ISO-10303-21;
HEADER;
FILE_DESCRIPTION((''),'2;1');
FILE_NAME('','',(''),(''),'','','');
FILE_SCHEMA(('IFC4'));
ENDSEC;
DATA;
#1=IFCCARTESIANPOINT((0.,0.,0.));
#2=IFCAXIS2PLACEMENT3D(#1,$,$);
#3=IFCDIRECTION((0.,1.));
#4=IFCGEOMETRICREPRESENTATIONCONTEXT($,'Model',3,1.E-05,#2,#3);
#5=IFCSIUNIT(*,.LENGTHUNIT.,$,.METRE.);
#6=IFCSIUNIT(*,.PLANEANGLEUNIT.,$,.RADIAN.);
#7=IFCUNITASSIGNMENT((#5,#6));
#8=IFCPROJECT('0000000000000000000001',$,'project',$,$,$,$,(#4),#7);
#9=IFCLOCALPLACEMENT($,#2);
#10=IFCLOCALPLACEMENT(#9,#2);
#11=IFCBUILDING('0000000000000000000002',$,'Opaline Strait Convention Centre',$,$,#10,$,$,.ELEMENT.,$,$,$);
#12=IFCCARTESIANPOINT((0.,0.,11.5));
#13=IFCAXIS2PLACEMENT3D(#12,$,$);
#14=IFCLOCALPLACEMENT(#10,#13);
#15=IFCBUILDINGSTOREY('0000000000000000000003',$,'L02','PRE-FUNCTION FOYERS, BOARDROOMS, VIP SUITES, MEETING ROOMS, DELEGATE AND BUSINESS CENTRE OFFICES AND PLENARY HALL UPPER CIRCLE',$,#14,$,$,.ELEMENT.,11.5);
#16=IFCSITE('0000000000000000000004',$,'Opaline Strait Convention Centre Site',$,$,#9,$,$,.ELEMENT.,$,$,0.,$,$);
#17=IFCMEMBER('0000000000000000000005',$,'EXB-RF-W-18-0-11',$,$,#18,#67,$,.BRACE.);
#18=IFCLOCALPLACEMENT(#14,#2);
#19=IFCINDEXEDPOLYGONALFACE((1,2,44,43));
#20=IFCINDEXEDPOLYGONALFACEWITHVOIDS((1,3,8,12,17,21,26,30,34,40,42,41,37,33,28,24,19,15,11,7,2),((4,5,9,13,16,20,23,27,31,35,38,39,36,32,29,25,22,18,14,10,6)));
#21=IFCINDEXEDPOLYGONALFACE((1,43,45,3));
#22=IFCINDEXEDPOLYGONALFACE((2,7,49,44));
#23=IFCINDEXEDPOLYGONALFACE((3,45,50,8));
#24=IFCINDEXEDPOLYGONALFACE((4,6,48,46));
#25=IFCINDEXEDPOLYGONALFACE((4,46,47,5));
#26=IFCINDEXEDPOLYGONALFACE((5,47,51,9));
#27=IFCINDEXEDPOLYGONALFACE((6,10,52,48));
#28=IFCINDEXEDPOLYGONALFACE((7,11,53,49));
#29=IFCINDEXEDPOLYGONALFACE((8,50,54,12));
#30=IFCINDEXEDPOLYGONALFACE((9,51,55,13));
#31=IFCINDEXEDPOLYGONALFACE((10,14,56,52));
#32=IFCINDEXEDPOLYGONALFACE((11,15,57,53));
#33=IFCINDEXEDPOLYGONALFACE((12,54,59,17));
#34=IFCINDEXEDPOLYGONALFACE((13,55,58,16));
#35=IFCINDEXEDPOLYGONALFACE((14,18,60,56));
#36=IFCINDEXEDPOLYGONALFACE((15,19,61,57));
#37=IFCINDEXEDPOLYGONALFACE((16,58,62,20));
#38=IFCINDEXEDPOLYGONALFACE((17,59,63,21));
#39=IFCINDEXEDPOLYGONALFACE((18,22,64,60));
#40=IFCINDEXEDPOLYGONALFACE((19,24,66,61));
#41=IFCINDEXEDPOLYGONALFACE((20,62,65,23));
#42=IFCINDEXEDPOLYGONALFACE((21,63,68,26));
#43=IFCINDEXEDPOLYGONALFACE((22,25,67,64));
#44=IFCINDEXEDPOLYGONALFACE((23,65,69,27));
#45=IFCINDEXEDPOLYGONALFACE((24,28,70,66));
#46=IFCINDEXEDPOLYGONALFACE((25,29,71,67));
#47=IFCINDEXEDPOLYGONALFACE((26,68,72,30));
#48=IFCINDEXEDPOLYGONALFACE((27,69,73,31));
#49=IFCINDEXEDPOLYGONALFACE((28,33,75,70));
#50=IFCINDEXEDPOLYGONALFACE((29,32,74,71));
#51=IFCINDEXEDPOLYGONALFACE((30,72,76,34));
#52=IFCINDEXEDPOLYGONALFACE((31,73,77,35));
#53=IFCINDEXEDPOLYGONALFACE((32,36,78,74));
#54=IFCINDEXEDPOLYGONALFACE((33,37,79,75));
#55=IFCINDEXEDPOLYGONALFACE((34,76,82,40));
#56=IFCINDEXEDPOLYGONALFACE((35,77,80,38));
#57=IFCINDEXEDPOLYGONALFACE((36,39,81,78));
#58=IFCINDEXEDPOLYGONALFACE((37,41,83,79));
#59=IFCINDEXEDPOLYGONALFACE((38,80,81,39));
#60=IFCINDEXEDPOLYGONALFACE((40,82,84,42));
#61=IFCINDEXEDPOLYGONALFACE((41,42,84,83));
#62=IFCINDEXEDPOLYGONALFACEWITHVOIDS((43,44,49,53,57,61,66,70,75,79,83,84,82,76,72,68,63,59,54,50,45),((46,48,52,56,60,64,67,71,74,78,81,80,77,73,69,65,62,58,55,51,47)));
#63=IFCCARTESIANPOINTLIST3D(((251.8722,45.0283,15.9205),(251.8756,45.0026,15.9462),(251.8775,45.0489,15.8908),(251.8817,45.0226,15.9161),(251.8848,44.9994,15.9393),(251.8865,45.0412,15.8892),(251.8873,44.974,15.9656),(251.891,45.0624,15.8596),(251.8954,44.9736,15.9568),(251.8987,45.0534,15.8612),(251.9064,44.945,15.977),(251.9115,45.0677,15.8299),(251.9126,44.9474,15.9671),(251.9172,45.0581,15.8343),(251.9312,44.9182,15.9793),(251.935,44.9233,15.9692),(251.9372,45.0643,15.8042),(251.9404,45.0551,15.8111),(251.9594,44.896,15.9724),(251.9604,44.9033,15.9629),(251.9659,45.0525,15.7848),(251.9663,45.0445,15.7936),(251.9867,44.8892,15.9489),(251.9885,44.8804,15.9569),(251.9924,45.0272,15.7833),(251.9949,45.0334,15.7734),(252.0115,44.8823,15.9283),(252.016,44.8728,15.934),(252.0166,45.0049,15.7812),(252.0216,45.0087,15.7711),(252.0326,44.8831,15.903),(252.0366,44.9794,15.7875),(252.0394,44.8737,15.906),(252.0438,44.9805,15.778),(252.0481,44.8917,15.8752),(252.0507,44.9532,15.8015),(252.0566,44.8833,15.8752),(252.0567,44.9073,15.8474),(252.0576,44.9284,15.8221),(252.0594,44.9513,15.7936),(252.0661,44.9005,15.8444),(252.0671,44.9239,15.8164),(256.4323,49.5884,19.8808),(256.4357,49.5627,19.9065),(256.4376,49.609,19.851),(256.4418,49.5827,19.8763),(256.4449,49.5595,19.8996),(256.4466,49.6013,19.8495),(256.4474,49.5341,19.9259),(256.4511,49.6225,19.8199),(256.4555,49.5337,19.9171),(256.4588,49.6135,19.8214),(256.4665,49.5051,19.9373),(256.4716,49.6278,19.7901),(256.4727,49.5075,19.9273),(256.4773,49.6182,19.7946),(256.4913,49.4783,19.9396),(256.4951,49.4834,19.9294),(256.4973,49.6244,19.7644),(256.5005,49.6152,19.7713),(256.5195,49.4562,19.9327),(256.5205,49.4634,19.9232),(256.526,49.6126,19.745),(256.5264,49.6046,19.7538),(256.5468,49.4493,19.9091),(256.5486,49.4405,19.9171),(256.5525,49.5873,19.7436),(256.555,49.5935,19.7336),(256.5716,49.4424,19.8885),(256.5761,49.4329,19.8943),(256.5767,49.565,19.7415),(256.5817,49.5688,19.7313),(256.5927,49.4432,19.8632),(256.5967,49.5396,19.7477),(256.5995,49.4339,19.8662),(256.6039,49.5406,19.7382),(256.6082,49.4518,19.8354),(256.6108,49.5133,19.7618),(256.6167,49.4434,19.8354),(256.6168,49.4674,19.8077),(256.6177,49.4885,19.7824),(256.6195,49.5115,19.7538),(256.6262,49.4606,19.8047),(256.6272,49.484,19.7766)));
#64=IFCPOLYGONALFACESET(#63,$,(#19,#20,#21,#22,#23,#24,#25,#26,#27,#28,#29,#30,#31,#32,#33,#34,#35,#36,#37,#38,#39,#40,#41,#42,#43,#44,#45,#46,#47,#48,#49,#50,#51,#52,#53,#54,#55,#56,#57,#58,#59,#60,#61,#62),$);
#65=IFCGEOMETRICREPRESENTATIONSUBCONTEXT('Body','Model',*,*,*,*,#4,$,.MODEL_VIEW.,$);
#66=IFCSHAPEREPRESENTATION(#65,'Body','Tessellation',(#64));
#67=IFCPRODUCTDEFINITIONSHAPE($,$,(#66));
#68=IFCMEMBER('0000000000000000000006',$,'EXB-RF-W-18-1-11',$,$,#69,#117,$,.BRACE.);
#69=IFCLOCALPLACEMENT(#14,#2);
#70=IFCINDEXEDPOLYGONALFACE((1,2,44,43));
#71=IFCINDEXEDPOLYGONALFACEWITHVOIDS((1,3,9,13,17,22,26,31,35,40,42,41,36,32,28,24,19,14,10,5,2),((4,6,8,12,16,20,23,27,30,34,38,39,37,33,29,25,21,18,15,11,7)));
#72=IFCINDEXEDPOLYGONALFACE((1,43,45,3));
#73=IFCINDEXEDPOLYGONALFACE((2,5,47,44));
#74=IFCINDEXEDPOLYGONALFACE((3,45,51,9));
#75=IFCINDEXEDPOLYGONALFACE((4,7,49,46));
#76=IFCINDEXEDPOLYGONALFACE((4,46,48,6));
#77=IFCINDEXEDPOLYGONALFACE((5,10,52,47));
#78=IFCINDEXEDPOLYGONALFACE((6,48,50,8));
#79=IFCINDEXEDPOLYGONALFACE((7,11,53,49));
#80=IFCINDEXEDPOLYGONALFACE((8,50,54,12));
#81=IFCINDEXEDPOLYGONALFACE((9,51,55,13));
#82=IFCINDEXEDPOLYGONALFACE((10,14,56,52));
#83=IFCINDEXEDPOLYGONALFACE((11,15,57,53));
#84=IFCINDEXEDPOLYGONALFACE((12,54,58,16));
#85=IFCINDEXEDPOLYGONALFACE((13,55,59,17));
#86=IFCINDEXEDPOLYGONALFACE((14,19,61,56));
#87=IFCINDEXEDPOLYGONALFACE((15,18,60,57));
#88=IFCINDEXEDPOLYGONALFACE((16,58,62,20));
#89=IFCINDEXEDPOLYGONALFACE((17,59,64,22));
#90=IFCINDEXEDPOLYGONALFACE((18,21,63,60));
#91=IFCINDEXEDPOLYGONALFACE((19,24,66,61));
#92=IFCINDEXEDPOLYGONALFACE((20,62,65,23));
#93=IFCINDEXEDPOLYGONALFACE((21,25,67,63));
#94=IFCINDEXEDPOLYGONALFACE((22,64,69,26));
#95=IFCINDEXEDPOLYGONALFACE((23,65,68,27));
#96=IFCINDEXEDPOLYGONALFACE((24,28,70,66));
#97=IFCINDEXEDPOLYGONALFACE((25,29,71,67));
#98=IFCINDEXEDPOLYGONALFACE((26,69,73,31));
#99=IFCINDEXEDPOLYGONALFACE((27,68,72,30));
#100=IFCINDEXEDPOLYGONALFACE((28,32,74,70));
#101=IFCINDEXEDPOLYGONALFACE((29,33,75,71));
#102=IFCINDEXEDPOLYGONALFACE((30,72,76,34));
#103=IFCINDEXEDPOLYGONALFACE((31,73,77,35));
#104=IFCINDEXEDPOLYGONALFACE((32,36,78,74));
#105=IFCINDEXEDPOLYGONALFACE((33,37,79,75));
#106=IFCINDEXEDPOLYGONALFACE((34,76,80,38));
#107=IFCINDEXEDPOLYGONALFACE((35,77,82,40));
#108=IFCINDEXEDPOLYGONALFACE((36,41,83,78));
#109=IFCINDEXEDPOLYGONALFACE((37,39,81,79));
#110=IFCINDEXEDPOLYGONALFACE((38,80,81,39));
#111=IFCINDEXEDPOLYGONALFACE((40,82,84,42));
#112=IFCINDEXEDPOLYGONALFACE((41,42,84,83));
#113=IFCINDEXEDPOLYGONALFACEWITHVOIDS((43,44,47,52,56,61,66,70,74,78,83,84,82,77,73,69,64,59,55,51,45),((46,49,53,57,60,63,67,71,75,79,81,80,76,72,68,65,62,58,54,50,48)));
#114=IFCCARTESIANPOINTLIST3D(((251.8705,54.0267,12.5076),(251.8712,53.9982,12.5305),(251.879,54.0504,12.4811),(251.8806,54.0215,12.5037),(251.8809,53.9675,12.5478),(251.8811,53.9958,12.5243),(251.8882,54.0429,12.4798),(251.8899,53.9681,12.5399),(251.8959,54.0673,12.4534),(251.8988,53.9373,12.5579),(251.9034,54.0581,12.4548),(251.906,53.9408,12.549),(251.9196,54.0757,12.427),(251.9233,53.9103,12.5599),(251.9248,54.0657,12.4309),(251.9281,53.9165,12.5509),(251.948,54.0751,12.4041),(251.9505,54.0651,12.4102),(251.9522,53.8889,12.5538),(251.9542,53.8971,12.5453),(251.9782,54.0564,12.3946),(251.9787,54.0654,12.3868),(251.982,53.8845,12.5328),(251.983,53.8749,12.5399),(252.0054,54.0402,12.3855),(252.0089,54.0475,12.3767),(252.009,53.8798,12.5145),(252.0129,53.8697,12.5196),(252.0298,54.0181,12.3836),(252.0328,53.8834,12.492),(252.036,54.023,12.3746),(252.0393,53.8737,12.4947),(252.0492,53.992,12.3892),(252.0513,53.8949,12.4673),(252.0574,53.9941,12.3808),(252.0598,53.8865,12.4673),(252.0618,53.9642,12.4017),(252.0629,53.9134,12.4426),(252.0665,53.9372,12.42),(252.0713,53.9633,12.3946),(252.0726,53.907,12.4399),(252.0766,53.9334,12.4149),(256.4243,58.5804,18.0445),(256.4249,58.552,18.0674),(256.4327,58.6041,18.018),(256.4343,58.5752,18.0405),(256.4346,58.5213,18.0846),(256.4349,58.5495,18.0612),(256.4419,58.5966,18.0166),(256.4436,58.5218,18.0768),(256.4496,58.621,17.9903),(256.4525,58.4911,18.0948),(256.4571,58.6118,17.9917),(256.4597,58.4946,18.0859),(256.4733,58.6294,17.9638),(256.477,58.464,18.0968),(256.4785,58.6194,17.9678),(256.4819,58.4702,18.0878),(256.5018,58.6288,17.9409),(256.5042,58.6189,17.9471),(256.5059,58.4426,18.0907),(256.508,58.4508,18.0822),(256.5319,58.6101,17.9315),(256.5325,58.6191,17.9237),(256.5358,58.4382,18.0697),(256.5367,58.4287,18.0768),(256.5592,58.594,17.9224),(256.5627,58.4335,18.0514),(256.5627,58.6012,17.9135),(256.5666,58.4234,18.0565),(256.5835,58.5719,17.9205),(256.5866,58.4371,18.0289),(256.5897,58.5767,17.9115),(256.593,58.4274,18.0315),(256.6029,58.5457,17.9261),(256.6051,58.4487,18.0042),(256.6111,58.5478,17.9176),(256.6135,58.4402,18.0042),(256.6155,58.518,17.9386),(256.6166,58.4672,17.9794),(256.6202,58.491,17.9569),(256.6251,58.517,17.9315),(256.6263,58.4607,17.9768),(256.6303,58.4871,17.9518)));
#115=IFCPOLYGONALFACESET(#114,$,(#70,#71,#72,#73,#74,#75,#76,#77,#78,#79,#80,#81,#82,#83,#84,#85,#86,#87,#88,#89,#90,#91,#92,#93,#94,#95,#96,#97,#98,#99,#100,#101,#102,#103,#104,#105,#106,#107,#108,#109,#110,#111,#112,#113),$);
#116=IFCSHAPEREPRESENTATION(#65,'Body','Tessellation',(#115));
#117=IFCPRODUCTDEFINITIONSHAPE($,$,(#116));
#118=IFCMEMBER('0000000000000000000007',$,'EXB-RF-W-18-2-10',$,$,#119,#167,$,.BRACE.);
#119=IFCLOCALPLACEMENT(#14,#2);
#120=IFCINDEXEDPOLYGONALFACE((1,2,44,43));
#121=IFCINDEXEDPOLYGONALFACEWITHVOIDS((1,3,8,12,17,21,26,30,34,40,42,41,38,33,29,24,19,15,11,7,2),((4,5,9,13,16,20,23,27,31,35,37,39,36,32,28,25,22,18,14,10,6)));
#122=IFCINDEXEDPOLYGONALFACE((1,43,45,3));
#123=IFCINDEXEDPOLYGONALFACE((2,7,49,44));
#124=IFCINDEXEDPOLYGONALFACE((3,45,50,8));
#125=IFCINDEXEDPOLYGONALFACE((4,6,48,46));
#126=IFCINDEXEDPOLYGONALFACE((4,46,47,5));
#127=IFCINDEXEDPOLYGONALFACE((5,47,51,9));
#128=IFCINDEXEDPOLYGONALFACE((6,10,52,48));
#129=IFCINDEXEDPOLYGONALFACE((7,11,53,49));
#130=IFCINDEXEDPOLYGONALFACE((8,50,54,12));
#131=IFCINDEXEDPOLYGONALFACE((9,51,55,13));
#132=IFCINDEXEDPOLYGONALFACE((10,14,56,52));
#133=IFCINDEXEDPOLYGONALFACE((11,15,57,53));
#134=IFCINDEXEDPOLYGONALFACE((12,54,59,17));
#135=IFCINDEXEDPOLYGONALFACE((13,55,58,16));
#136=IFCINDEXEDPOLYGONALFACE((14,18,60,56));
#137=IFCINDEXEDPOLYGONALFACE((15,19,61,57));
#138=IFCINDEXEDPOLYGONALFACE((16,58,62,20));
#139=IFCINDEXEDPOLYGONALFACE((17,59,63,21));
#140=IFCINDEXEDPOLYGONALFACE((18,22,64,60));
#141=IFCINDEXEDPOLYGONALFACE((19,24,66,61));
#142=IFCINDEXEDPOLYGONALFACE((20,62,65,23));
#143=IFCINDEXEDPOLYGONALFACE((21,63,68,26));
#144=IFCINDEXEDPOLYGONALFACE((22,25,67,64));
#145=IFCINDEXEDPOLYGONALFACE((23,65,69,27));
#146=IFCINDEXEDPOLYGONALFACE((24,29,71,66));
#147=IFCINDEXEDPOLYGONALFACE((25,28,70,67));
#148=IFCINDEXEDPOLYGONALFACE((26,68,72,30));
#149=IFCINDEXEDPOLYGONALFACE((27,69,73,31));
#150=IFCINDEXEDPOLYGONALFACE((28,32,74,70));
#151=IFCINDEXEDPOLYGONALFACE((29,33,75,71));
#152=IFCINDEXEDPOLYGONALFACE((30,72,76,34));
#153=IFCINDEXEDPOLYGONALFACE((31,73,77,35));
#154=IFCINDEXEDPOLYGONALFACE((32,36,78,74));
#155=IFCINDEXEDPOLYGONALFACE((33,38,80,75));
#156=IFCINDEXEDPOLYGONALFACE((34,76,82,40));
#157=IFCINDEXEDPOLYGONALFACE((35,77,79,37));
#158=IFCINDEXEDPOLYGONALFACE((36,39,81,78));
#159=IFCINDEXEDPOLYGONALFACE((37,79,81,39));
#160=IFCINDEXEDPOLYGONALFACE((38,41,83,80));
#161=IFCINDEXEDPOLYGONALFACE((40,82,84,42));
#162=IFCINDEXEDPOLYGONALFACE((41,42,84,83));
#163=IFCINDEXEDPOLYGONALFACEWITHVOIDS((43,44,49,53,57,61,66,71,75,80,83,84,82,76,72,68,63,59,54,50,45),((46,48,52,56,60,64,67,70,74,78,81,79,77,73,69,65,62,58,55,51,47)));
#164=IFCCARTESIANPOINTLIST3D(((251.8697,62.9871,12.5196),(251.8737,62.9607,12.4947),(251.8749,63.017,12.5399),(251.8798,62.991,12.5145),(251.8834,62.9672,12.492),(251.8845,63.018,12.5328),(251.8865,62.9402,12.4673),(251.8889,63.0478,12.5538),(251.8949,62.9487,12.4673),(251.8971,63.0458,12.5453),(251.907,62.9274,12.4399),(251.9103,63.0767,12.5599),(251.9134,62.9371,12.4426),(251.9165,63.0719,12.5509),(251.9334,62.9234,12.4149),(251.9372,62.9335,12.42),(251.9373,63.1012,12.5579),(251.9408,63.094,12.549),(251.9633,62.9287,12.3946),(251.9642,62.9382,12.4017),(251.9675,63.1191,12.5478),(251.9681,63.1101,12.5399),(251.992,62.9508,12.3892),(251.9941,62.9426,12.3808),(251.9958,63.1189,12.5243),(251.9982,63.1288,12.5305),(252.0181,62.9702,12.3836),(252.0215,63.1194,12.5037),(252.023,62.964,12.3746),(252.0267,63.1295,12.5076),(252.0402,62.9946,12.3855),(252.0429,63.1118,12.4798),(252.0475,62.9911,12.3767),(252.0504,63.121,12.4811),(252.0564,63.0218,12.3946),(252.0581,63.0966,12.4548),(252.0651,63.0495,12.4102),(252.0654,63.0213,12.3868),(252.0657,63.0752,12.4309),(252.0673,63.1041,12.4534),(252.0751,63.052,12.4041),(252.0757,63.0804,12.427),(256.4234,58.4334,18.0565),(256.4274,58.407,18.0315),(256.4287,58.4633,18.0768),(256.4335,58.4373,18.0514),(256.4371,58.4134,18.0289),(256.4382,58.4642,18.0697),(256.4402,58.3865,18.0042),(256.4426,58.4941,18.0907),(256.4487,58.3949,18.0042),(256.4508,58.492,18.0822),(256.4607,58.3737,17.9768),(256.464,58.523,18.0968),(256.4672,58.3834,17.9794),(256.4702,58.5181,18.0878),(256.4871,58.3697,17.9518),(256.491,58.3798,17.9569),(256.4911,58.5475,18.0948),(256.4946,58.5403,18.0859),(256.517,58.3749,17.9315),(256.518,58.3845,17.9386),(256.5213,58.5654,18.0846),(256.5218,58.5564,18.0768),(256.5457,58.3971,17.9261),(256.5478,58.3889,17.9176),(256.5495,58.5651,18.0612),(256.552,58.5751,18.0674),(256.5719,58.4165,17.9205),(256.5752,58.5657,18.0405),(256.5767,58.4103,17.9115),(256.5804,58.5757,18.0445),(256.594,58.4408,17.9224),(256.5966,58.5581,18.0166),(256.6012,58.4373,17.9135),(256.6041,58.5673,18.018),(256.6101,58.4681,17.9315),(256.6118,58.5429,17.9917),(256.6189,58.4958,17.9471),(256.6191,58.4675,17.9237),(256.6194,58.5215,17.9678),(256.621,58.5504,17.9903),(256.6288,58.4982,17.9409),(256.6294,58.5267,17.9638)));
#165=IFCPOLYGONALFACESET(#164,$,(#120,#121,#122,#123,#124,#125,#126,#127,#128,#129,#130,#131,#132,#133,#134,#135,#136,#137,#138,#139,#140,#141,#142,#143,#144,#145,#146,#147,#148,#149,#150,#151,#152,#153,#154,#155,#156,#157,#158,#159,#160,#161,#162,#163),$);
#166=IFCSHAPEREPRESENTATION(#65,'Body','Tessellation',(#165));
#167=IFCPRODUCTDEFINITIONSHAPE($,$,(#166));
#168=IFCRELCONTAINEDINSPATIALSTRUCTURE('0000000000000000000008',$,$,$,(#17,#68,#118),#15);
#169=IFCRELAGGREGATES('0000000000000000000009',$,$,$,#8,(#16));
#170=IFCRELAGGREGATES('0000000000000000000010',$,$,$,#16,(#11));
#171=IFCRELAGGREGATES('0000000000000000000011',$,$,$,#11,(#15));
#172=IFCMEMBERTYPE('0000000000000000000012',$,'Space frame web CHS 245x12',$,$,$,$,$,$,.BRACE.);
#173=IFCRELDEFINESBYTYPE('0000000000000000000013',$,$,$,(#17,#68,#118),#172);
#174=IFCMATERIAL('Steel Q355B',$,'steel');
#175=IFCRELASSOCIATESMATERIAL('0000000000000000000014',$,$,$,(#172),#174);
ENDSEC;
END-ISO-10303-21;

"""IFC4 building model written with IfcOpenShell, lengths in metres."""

from ifc_helpers import new_model, si_unit, direction, frame, origin, origin_2d, place, context, subcontext, project, spatial, hollow_circle, extrude, material, material_profile, profile_set, type_object, element, save


model = new_model("IFC4")

# Units and contexts
model_context = context("Model", 3, precision=1e-05, world=origin(), true_north=direction((0.0, 1.0)))
body_context = subcontext(model_context, "Body", "Model", "MODEL_VIEW")
ifc_project = project(units=[si_unit("LENGTHUNIT", "METRE"), si_unit("PLANEANGLEUNIT", "RADIAN")], contexts=[model_context])

# Site, building, storey
site_placement = place(None, origin())
site = spatial("IfcSite", under=ifc_project, at=site_placement, Name="Opaline Strait Convention Centre Site", CompositionType="ELEMENT", RefElevation=0.0)
building_placement = place(site_placement, origin())
building = spatial("IfcBuilding", under=site, at=building_placement, Name="Opaline Strait Convention Centre", CompositionType="ELEMENT")
storey_placement = place(building_placement, frame((0.0, 0.0, 11.5)))
storey = spatial("IfcBuildingStorey", under=building, at=storey_placement, Name="L02", Description="PRE-FUNCTION FOYERS, BOARDROOMS, VIP SUITES, MEETING ROOMS, DELEGATE AND BUSINESS CENTRE OFFICES AND PLENARY HALL UPPER CIRCLE", CompositionType="ELEMENT", Elevation=11.5)

# Members
ifc_material_1 = material(Name="Steel Q355B", Category="steel")
ifc_material_profile_1 = material_profile(ifc_material_1, hollow_circle(Radius=0.1226, WallThickness=0.012, at=origin_2d()), Name="CHS 245x12")
ifc_profile_set_1 = profile_set([ifc_material_profile_1], Name="Steel Q355B")
member_type_1 = type_object("IfcMemberType", Name="Space frame web CHS 245x12", PredefinedType="BRACE", material=ifc_profile_set_1)
member_1_placement = place(storey_placement, frame((256.53, 49.53, 19.8354), z_axis=(-0.602561, -0.602561, -0.523297), x_axis=(0.707107, -0.707107, 0.0)))
element("IfcMember", 1, at=member_1_placement, inside=storey, type_object=member_type_1, Name="EXB-RF-W-18-0-11", PredefinedType="BRACE", context=body_context, shape_type="SweptSolid", body=[
    extrude(hollow_circle(Radius=0.1226, WallThickness=0.012, at=origin_2d()), origin(), (0.0, 0.0, 1.0), 7.5679),
])
for number, where, z_axis, x_axis, name in (
    (2, (256.5269, 58.5269, 18.0042), (-0.536178, -0.536178, -0.65194), (0.707107, -0.707107, 0.0), "EXB-RF-W-18-1-11"),
    (3, (256.5269, 58.4731, 18.0042), (-0.536178, 0.536178, -0.65194), (-0.707107, -0.707107, 0.0), "EXB-RF-W-18-2-10"),
):
    element("IfcMember", number, at=place(storey_placement, frame(where, z_axis=z_axis, x_axis=x_axis)), inside=storey, type_object=member_type_1, Name=name, PredefinedType="BRACE", context=body_context, shape_type="SweptSolid", body=[
        extrude(hollow_circle(Radius=0.1226, WallThickness=0.012, at=origin_2d()), origin(), (0.0, 0.0, 1.0), 8.4929),
    ])

save(model, "model.ifc")
